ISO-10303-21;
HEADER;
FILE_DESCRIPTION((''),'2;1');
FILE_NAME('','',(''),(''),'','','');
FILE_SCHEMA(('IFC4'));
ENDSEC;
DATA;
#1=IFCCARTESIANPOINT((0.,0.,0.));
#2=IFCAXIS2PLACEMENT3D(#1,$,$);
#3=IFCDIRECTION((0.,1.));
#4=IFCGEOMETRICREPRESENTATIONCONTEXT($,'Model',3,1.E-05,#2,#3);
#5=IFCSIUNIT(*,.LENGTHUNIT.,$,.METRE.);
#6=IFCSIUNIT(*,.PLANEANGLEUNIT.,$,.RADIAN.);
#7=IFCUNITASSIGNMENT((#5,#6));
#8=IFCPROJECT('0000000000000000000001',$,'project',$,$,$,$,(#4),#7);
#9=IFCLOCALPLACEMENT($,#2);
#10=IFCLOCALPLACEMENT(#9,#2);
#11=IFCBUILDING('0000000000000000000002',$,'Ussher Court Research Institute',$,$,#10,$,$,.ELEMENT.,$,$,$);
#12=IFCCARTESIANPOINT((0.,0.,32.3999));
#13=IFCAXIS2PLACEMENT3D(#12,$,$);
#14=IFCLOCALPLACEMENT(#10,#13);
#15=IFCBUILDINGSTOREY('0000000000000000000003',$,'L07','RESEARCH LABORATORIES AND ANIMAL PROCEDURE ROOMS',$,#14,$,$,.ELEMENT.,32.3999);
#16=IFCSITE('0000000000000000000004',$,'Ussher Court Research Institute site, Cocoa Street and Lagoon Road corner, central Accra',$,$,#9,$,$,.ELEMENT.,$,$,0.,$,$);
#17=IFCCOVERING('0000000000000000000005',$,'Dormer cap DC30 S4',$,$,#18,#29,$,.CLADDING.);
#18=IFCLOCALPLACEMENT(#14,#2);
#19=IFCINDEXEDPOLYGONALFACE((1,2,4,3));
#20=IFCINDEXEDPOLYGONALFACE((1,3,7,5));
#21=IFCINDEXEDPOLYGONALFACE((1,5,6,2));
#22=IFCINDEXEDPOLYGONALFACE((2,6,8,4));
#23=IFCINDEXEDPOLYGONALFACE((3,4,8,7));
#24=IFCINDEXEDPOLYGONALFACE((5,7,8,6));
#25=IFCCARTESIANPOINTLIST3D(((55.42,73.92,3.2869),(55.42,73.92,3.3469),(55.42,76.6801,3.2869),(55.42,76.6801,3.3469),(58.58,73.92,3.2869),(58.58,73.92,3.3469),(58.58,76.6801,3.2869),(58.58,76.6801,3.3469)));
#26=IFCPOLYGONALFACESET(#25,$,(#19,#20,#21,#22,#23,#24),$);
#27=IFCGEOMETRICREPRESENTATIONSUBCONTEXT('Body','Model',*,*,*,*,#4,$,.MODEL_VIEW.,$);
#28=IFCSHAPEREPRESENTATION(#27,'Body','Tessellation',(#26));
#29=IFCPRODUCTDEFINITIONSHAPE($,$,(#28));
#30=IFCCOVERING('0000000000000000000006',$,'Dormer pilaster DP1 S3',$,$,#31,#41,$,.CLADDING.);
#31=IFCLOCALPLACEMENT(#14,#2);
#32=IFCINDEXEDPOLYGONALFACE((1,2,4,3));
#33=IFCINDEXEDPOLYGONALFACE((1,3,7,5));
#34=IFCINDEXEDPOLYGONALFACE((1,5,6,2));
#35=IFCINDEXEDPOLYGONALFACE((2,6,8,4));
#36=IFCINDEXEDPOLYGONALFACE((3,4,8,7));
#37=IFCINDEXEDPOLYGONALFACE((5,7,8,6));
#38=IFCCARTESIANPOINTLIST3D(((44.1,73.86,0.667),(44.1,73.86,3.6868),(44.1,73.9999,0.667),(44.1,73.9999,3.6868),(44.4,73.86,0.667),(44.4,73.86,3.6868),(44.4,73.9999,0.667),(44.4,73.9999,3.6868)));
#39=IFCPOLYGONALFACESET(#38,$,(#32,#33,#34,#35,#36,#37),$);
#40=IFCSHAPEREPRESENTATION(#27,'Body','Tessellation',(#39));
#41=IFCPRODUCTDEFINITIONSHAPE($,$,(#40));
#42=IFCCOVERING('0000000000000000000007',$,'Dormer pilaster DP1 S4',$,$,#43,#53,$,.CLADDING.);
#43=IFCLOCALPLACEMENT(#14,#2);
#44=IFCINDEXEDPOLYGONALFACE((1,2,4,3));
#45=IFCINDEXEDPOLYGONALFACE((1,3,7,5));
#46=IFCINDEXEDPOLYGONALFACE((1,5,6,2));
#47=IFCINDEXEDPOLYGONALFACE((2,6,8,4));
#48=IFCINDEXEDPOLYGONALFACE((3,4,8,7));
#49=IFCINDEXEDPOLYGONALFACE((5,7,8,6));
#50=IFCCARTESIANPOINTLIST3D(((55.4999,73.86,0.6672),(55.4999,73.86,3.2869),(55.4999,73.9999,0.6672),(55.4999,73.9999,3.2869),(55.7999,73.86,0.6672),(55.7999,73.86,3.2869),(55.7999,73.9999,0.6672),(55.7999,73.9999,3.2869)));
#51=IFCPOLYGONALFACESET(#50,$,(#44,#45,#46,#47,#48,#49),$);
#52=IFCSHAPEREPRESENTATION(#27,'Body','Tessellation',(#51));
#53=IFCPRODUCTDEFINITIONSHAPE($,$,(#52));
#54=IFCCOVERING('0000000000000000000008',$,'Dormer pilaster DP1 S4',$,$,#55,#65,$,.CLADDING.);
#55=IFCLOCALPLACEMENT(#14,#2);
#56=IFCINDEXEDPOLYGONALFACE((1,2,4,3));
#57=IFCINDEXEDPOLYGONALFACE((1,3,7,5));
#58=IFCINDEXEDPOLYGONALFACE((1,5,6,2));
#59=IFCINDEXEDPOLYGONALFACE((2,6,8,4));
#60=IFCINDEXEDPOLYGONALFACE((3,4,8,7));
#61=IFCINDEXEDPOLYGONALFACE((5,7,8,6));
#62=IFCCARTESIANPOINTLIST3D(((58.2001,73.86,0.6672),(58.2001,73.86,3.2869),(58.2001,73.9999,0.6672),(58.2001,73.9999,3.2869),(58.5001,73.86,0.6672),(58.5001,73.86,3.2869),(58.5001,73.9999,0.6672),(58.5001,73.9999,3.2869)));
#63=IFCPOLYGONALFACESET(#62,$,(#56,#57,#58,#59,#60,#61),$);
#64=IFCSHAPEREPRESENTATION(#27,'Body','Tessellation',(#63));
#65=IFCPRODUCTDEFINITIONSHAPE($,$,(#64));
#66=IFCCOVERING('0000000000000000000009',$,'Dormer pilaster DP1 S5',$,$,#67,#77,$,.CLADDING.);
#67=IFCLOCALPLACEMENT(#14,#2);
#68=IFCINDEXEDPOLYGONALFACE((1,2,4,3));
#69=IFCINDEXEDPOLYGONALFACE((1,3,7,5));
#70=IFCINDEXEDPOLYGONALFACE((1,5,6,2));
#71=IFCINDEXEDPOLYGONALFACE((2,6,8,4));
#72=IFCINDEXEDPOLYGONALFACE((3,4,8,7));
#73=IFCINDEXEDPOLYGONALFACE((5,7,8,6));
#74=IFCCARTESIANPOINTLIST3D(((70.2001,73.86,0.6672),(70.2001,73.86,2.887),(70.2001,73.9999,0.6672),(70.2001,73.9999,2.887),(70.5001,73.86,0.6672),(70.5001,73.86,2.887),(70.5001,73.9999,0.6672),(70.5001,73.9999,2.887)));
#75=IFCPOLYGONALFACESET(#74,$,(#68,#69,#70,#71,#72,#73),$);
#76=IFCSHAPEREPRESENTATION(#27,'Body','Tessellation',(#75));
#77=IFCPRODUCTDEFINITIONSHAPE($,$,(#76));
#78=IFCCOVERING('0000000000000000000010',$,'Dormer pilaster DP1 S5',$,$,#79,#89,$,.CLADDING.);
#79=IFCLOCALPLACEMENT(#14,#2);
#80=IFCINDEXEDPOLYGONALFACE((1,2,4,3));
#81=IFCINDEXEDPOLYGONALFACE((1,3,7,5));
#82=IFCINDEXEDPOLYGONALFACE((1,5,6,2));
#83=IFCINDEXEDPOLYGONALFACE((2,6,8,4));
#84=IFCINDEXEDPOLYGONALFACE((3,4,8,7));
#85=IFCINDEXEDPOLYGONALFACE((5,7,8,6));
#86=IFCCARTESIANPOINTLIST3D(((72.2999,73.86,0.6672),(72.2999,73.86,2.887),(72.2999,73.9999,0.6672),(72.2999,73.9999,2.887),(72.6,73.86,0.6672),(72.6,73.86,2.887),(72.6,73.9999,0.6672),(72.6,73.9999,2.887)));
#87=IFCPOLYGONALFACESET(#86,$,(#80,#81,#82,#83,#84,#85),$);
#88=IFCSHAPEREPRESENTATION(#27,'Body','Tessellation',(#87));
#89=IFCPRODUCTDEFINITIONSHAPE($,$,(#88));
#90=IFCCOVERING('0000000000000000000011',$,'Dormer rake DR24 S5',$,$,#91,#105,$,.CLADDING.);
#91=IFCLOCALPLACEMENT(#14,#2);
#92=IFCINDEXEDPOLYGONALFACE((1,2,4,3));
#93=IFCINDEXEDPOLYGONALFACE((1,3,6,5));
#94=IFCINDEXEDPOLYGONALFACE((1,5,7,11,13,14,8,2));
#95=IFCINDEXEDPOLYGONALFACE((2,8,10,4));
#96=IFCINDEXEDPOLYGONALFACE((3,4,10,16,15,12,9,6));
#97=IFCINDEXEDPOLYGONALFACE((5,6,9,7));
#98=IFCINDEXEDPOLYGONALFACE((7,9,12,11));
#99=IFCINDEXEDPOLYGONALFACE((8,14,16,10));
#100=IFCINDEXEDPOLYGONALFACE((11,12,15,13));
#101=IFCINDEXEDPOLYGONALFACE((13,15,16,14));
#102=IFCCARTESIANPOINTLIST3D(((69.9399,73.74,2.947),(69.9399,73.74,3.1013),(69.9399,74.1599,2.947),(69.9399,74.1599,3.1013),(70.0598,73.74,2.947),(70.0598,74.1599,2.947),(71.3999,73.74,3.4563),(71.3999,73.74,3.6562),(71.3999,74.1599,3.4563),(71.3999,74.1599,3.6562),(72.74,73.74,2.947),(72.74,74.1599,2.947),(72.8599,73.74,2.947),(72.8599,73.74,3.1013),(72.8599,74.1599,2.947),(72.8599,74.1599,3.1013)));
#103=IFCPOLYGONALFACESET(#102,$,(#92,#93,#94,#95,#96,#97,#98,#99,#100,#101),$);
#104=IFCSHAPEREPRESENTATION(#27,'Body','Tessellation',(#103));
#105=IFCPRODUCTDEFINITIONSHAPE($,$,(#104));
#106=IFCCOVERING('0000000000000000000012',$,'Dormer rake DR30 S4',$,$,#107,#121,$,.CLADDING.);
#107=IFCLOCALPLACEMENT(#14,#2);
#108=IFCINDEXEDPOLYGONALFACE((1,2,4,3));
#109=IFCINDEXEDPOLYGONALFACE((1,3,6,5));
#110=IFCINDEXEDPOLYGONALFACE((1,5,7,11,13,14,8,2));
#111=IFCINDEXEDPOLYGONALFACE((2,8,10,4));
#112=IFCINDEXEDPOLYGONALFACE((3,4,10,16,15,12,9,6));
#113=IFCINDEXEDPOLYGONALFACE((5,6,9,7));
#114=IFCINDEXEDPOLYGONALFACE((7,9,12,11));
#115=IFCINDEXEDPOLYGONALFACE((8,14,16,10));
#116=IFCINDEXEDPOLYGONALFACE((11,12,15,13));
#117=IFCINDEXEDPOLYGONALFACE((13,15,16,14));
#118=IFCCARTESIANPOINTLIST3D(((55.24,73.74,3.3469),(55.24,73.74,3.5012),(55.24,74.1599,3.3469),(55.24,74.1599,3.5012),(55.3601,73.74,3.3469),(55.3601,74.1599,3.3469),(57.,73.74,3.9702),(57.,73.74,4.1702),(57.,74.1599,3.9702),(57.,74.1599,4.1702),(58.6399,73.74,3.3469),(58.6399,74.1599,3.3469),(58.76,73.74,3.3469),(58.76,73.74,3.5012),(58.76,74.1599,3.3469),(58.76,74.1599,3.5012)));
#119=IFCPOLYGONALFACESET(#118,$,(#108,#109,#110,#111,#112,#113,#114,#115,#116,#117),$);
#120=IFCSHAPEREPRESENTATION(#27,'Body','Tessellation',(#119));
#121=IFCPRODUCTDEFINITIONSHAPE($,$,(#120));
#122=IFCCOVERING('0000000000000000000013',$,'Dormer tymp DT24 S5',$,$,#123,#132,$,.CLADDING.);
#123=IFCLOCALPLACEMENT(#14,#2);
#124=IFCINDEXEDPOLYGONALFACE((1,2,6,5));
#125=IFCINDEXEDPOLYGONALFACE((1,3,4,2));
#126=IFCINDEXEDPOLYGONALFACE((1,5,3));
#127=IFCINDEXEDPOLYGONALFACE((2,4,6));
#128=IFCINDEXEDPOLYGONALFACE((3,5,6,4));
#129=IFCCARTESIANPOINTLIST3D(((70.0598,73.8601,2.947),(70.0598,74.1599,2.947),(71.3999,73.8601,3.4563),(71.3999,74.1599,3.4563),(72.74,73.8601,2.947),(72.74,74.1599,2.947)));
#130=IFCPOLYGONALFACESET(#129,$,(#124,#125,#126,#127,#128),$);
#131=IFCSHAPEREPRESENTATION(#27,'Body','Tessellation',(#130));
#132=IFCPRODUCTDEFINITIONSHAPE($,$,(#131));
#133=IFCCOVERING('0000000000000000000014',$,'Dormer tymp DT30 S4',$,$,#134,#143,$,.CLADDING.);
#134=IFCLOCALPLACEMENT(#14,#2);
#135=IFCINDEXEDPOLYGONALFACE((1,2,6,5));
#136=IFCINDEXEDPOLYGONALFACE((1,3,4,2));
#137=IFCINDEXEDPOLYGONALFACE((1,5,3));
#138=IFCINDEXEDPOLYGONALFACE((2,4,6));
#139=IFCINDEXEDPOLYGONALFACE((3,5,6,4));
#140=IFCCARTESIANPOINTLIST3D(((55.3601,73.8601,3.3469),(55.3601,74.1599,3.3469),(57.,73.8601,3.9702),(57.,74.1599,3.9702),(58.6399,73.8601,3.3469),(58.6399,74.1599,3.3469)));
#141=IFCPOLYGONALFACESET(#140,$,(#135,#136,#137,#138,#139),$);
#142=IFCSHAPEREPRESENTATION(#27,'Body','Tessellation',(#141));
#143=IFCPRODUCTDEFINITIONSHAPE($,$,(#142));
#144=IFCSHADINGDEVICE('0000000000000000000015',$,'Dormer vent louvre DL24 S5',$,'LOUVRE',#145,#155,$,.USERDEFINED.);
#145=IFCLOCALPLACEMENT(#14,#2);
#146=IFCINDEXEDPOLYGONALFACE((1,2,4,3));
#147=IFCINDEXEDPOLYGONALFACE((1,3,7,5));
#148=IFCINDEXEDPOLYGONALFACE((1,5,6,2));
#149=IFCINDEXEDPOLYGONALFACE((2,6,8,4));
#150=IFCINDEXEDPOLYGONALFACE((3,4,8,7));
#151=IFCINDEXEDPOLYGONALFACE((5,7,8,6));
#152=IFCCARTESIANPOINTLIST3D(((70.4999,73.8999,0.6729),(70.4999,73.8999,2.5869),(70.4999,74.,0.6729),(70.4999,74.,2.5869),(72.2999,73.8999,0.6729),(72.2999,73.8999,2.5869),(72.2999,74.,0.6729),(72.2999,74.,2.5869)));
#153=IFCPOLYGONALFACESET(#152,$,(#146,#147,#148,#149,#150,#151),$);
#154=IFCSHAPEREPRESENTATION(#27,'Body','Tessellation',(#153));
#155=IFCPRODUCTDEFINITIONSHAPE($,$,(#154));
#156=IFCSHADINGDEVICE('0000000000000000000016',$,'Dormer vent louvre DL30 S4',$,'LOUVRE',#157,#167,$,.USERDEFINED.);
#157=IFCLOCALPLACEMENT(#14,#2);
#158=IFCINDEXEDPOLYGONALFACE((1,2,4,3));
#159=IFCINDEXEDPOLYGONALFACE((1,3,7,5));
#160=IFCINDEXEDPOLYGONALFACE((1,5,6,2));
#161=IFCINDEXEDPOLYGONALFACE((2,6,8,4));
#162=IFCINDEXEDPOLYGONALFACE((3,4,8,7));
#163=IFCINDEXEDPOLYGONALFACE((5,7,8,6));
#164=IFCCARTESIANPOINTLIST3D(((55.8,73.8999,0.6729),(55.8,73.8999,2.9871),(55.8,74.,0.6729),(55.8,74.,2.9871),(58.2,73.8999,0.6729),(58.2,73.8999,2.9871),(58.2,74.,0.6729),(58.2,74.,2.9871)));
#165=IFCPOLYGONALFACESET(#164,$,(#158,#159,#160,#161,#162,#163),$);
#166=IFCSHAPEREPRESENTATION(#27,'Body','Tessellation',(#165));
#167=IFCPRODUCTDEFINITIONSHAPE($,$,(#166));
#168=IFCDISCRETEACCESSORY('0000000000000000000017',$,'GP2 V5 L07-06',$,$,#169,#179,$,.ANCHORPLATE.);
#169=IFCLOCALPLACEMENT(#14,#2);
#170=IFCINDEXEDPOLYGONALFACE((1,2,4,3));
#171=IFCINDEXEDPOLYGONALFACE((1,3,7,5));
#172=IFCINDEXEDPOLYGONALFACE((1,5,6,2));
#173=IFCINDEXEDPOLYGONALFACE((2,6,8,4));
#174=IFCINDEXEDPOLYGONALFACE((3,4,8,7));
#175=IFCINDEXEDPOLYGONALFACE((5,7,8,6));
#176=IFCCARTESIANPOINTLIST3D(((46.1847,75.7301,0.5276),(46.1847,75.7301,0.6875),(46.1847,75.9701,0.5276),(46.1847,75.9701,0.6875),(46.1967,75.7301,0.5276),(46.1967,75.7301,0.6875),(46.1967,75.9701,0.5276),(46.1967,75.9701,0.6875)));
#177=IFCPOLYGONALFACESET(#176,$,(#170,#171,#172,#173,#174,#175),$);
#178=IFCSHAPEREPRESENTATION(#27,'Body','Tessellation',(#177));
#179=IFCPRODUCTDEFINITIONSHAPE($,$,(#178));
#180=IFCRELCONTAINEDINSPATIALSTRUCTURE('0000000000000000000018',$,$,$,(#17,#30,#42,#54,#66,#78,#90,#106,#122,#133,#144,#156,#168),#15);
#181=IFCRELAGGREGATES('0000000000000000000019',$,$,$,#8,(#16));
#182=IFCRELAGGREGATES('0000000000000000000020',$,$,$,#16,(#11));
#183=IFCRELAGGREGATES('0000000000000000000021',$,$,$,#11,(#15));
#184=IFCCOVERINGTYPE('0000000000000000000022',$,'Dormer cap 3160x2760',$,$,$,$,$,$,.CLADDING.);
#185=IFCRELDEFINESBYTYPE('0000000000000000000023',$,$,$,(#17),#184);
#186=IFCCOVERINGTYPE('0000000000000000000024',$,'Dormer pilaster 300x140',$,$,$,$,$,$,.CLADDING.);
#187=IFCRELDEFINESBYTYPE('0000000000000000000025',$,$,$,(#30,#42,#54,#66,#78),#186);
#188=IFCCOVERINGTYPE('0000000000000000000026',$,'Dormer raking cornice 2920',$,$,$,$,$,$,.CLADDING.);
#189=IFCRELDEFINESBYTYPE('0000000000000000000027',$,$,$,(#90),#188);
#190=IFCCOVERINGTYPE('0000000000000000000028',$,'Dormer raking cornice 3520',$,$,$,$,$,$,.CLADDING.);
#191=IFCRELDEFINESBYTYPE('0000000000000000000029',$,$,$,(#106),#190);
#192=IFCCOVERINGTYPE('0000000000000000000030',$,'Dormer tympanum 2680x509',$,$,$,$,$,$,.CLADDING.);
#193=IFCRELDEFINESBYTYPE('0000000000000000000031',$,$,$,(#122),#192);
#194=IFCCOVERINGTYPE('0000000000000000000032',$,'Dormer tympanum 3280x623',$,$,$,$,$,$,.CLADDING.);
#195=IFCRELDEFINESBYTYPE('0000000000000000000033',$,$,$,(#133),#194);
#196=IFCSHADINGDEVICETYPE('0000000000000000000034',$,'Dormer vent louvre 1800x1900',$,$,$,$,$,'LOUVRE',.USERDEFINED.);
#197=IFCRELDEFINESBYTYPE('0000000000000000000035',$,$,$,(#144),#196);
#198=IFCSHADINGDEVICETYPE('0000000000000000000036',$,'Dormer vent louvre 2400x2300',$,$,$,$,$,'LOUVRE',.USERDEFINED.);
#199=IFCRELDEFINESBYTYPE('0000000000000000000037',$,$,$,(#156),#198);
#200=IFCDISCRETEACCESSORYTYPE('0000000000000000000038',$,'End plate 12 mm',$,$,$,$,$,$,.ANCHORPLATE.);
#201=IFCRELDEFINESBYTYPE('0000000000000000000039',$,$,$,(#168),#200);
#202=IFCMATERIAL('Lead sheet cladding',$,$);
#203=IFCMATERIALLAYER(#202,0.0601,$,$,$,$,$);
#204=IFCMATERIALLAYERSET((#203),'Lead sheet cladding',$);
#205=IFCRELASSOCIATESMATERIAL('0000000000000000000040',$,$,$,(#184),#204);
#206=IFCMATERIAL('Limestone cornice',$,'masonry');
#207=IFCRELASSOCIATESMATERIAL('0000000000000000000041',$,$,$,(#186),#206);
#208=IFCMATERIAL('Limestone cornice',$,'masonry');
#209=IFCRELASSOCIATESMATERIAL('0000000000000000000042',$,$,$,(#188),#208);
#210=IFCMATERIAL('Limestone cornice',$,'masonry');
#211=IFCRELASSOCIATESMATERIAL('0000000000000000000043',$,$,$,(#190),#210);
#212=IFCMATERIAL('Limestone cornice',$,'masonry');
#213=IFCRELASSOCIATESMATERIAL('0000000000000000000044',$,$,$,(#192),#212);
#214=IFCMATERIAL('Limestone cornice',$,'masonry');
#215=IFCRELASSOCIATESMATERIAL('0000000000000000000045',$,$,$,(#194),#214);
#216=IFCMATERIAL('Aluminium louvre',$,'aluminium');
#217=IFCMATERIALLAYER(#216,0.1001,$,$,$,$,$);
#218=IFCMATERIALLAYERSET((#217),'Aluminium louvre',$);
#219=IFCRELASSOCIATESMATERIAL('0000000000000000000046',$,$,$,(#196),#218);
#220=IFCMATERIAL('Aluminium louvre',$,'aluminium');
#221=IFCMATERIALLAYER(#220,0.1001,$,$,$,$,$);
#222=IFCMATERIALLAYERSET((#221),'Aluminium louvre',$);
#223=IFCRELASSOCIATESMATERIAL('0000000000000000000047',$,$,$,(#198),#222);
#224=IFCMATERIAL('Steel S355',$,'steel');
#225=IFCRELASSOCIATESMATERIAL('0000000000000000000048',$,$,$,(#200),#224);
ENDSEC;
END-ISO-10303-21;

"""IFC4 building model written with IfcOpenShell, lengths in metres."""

from ifc_helpers import new_model, si_unit, direction, frame, origin, origin_2d, place, context, subcontext, project, spatial, polyline, rectangle, outline, extrude, material, layer, layer_set, material_profile, profile_set, type_object, element, save


model = new_model("IFC4")

# Units and contexts
model_context = context("Model", 3, precision=1e-05, world=origin(), true_north=direction((0.0, 1.0)))
body_context = subcontext(model_context, "Body", "Model", "MODEL_VIEW")
ifc_project = project(units=[si_unit("LENGTHUNIT", "METRE"), si_unit("PLANEANGLEUNIT", "RADIAN")], contexts=[model_context])

# Site, building, storey
site_placement = place(None, origin())
site = spatial("IfcSite", under=ifc_project, at=site_placement, Name="Ussher Court Research Institute site, Cocoa Street and Lagoon Road corner, central Accra", CompositionType="ELEMENT", RefElevation=0.0)
building_placement = place(site_placement, origin())
building = spatial("IfcBuilding", under=site, at=building_placement, Name="Ussher Court Research Institute", CompositionType="ELEMENT")
storey_placement = place(building_placement, frame((0.0, 0.0, 32.3999)))
storey = spatial("IfcBuildingStorey", under=building, at=storey_placement, Name="L07", Description="RESEARCH LABORATORIES AND ANIMAL PROCEDURE ROOMS", CompositionType="ELEMENT", Elevation=32.3999)

# Coverings
ifc_material_1 = material(Name="Lead sheet cladding")
ifc_layer_1 = layer(ifc_material_1, 0.0601)
ifc_layer_set_1 = layer_set([ifc_layer_1], Name="Lead sheet cladding")
covering_type_1 = type_object("IfcCoveringType", Name="Dormer cap 3160x2760", PredefinedType="CLADDING", material=ifc_layer_set_1)
covering_1_placement = place(storey_placement, frame((57.0, 75.3, 3.2869), z_axis=(0.0, 0.0, 1.0), x_axis=(1.0, 0.0, 0.0)))
element("IfcCovering", 1, at=covering_1_placement, inside=storey, type_object=covering_type_1, Name="Dormer cap DC30 S4", PredefinedType="CLADDING", context=body_context, shape_type="SweptSolid", body=[
    extrude(rectangle(XDim=3.1599, YDim=2.76, at=origin_2d()), origin(), (0.0, 0.0, 1.0), 0.0601),
])
ifc_material_2 = material(Name="Limestone cornice", Category="masonry")
covering_type_2 = type_object("IfcCoveringType", Name="Dormer pilaster 300x140", PredefinedType="CLADDING", material=ifc_material_2)
covering_2_placement = place(storey_placement, frame((44.25, 73.9299, 0.667), z_axis=(0.0, 0.0, 1.0), x_axis=(1.0, 0.0, 0.0)))
element("IfcCovering", 2, at=covering_2_placement, inside=storey, type_object=covering_type_2, Name="Dormer pilaster DP1 S3", PredefinedType="CLADDING", context=body_context, shape_type="SweptSolid", body=[
    extrude(rectangle(XDim=0.3, YDim=0.1399, at=origin_2d()), origin(), (0.0, 0.0, 1.0), 3.0198),
])
for number, where, z_axis, x_axis, name in (
    (3, (55.6499, 73.9299, 0.6672), (0.0, 0.0, 1.0), (1.0, 0.0, 0.0), "Dormer pilaster DP1 S4"),
    (4, (58.3501, 73.9299, 0.6672), (0.0, 0.0, 1.0), (1.0, 0.0, 0.0), "Dormer pilaster DP1 S4"),
):
    element("IfcCovering", number, at=place(storey_placement, frame(where, z_axis=z_axis, x_axis=x_axis)), inside=storey, type_object=covering_type_2, Name=name, PredefinedType="CLADDING", context=body_context, shape_type="SweptSolid", body=[
        extrude(rectangle(XDim=0.3, YDim=0.1399, at=origin_2d()), origin(), (0.0, 0.0, 1.0), 2.6196),
    ])
for number, where, z_axis, x_axis, name in (
    (5, (70.3501, 73.9299, 0.6672), (0.0, 0.0, 1.0), (1.0, 0.0, 0.0), "Dormer pilaster DP1 S5"),
    (6, (72.45, 73.9299, 0.6672), (0.0, 0.0, 1.0), (1.0, 0.0, 0.0), "Dormer pilaster DP1 S5"),
):
    element("IfcCovering", number, at=place(storey_placement, frame(where, z_axis=z_axis, x_axis=x_axis)), inside=storey, type_object=covering_type_2, Name=name, PredefinedType="CLADDING", context=body_context, shape_type="SweptSolid", body=[
        extrude(rectangle(XDim=0.3, YDim=0.1399, at=origin_2d()), origin(), (0.0, 0.0, 1.0), 2.2197),
    ])
ifc_material_3 = material(Name="Limestone cornice", Category="masonry")
covering_type_3 = type_object("IfcCoveringType", Name="Dormer raking cornice 2920", PredefinedType="CLADDING", material=ifc_material_3)
covering_3_placement = place(storey_placement, frame((71.3999, 73.74, 2.947), z_axis=(0.0, 1.0, 0.0), x_axis=(-1.0, 0.0, 0.0)))
element("IfcCovering", 7, at=covering_3_placement, inside=storey, type_object=covering_type_3, Name="Dormer rake DR24 S5", PredefinedType="CLADDING", context=body_context, shape_type="SweptSolid", body=[
    extrude(outline(polyline([(1.46, 0.0), (1.46, 0.1543), (0.0, 0.7092), (-1.46, 0.1543), (-1.46, 0.0), (-1.3401, 0.0), (0.0, 0.5093), (1.3401, 0.0), (1.46, 0.0)])), origin(), (0.0, 0.0, 1.0), 0.4199),
])
ifc_material_4 = material(Name="Limestone cornice", Category="masonry")
covering_type_4 = type_object("IfcCoveringType", Name="Dormer raking cornice 3520", PredefinedType="CLADDING", material=ifc_material_4)
covering_4_placement = place(storey_placement, frame((57.0, 73.74, 3.3469), z_axis=(0.0, 1.0, 0.0), x_axis=(-1.0, 0.0, 0.0)))
element("IfcCovering", 8, at=covering_4_placement, inside=storey, type_object=covering_type_4, Name="Dormer rake DR30 S4", PredefinedType="CLADDING", context=body_context, shape_type="SweptSolid", body=[
    extrude(outline(polyline([(1.76, 0.0), (1.76, 0.1543), (0.0, 0.8232), (-1.76, 0.1543), (-1.76, 0.0), (-1.6399, 0.0), (0.0, 0.6233), (1.6399, 0.0), (1.76, 0.0)])), origin(), (0.0, 0.0, 1.0), 0.4199),
])
ifc_material_5 = material(Name="Limestone cornice", Category="masonry")
covering_type_5 = type_object("IfcCoveringType", Name="Dormer tympanum 2680x509", PredefinedType="CLADDING", material=ifc_material_5)
covering_5_placement = place(storey_placement, frame((71.3999, 73.8601, 2.947), z_axis=(0.0, 1.0, 0.0), x_axis=(-1.0, 0.0, 0.0)))
element("IfcCovering", 9, at=covering_5_placement, inside=storey, type_object=covering_type_5, Name="Dormer tymp DT24 S5", PredefinedType="CLADDING", context=body_context, shape_type="SweptSolid", body=[
    extrude(outline(polyline([(1.3401, 0.0), (0.0, 0.5093), (-1.3401, 0.0), (1.3401, 0.0)])), origin(), (0.0, 0.0, 1.0), 0.2998),
])
ifc_material_6 = material(Name="Limestone cornice", Category="masonry")
covering_type_6 = type_object("IfcCoveringType", Name="Dormer tympanum 3280x623", PredefinedType="CLADDING", material=ifc_material_6)
covering_6_placement = place(storey_placement, frame((57.0, 73.8601, 3.3469), z_axis=(0.0, 1.0, 0.0), x_axis=(-1.0, 0.0, 0.0)))
element("IfcCovering", 10, at=covering_6_placement, inside=storey, type_object=covering_type_6, Name="Dormer tymp DT30 S4", PredefinedType="CLADDING", context=body_context, shape_type="SweptSolid", body=[
    extrude(outline(polyline([(1.6399, 0.0), (0.0, 0.6233), (-1.6399, 0.0), (1.6399, 0.0)])), origin(), (0.0, 0.0, 1.0), 0.2998),
])

# Shading devices
ifc_material_7 = material(Name="Aluminium louvre", Category="aluminium")
ifc_layer_2 = layer(ifc_material_7, 0.1001)
ifc_layer_set_2 = layer_set([ifc_layer_2], Name="Aluminium louvre")
shading_device_type_1 = type_object("IfcShadingDeviceType", Name="Dormer vent louvre 1800x1900", ElementType="LOUVRE", PredefinedType="USERDEFINED", material=ifc_layer_set_2)
shading_device_1_placement = place(storey_placement, frame((71.3999, 73.95, 0.6729), z_axis=(0.0, 0.0, 1.0), x_axis=(1.0, 0.0, 0.0)))
element("IfcShadingDevice", 11, at=shading_device_1_placement, inside=storey, type_object=shading_device_type_1, Name="Dormer vent louvre DL24 S5", ObjectType="LOUVRE", PredefinedType="USERDEFINED", context=body_context, shape_type="SweptSolid", body=[
    extrude(rectangle(XDim=1.8, YDim=0.1001, at=origin_2d()), origin(), (0.0, 0.0, 1.0), 1.9141),
])
ifc_material_8 = material(Name="Aluminium louvre", Category="aluminium")
ifc_layer_3 = layer(ifc_material_8, 0.1001)
ifc_layer_set_3 = layer_set([ifc_layer_3], Name="Aluminium louvre")
shading_device_type_2 = type_object("IfcShadingDeviceType", Name="Dormer vent louvre 2400x2300", ElementType="LOUVRE", PredefinedType="USERDEFINED", material=ifc_layer_set_3)
shading_device_2_placement = place(storey_placement, frame((57.0, 73.95, 0.6729), z_axis=(0.0, 0.0, 1.0), x_axis=(1.0, 0.0, 0.0)))
element("IfcShadingDevice", 12, at=shading_device_2_placement, inside=storey, type_object=shading_device_type_2, Name="Dormer vent louvre DL30 S4", ObjectType="LOUVRE", PredefinedType="USERDEFINED", context=body_context, shape_type="SweptSolid", body=[
    extrude(rectangle(XDim=2.3999, YDim=0.1001, at=origin_2d()), origin(), (0.0, 0.0, 1.0), 2.3142),
])

# Discrete accessory
ifc_material_9 = material(Name="Steel S355", Category="steel")
ifc_material_profile_1 = material_profile(ifc_material_9, rectangle(XDim=0.012, YDim=0.24, at=origin_2d()), Name="PL 12x240")
ifc_profile_set_1 = profile_set([ifc_material_profile_1], Name="Steel S355")
discrete_accessory_type_1 = type_object("IfcDiscreteAccessoryType", Name="End plate 12 mm", PredefinedType="ANCHORPLATE", material=ifc_profile_set_1)
for number, where, z_axis, x_axis, name in (
    (13, (46.1907, 75.8501, 0.5276), (0.0, 0.0, 1.0), (1.0, 0.0, 0.0), "GP2 V5 L07-06"),
):
    element("IfcDiscreteAccessory", number, at=place(storey_placement, frame(where, z_axis=z_axis, x_axis=x_axis)), inside=storey, type_object=discrete_accessory_type_1, Name=name, PredefinedType="ANCHORPLATE", context=body_context, shape_type="SweptSolid", body=[
        extrude(rectangle(XDim=0.012, YDim=0.24, at=origin_2d()), origin(), (0.0, 0.0, 1.0), 0.1599),
    ])

save(model, "model.ifc")
